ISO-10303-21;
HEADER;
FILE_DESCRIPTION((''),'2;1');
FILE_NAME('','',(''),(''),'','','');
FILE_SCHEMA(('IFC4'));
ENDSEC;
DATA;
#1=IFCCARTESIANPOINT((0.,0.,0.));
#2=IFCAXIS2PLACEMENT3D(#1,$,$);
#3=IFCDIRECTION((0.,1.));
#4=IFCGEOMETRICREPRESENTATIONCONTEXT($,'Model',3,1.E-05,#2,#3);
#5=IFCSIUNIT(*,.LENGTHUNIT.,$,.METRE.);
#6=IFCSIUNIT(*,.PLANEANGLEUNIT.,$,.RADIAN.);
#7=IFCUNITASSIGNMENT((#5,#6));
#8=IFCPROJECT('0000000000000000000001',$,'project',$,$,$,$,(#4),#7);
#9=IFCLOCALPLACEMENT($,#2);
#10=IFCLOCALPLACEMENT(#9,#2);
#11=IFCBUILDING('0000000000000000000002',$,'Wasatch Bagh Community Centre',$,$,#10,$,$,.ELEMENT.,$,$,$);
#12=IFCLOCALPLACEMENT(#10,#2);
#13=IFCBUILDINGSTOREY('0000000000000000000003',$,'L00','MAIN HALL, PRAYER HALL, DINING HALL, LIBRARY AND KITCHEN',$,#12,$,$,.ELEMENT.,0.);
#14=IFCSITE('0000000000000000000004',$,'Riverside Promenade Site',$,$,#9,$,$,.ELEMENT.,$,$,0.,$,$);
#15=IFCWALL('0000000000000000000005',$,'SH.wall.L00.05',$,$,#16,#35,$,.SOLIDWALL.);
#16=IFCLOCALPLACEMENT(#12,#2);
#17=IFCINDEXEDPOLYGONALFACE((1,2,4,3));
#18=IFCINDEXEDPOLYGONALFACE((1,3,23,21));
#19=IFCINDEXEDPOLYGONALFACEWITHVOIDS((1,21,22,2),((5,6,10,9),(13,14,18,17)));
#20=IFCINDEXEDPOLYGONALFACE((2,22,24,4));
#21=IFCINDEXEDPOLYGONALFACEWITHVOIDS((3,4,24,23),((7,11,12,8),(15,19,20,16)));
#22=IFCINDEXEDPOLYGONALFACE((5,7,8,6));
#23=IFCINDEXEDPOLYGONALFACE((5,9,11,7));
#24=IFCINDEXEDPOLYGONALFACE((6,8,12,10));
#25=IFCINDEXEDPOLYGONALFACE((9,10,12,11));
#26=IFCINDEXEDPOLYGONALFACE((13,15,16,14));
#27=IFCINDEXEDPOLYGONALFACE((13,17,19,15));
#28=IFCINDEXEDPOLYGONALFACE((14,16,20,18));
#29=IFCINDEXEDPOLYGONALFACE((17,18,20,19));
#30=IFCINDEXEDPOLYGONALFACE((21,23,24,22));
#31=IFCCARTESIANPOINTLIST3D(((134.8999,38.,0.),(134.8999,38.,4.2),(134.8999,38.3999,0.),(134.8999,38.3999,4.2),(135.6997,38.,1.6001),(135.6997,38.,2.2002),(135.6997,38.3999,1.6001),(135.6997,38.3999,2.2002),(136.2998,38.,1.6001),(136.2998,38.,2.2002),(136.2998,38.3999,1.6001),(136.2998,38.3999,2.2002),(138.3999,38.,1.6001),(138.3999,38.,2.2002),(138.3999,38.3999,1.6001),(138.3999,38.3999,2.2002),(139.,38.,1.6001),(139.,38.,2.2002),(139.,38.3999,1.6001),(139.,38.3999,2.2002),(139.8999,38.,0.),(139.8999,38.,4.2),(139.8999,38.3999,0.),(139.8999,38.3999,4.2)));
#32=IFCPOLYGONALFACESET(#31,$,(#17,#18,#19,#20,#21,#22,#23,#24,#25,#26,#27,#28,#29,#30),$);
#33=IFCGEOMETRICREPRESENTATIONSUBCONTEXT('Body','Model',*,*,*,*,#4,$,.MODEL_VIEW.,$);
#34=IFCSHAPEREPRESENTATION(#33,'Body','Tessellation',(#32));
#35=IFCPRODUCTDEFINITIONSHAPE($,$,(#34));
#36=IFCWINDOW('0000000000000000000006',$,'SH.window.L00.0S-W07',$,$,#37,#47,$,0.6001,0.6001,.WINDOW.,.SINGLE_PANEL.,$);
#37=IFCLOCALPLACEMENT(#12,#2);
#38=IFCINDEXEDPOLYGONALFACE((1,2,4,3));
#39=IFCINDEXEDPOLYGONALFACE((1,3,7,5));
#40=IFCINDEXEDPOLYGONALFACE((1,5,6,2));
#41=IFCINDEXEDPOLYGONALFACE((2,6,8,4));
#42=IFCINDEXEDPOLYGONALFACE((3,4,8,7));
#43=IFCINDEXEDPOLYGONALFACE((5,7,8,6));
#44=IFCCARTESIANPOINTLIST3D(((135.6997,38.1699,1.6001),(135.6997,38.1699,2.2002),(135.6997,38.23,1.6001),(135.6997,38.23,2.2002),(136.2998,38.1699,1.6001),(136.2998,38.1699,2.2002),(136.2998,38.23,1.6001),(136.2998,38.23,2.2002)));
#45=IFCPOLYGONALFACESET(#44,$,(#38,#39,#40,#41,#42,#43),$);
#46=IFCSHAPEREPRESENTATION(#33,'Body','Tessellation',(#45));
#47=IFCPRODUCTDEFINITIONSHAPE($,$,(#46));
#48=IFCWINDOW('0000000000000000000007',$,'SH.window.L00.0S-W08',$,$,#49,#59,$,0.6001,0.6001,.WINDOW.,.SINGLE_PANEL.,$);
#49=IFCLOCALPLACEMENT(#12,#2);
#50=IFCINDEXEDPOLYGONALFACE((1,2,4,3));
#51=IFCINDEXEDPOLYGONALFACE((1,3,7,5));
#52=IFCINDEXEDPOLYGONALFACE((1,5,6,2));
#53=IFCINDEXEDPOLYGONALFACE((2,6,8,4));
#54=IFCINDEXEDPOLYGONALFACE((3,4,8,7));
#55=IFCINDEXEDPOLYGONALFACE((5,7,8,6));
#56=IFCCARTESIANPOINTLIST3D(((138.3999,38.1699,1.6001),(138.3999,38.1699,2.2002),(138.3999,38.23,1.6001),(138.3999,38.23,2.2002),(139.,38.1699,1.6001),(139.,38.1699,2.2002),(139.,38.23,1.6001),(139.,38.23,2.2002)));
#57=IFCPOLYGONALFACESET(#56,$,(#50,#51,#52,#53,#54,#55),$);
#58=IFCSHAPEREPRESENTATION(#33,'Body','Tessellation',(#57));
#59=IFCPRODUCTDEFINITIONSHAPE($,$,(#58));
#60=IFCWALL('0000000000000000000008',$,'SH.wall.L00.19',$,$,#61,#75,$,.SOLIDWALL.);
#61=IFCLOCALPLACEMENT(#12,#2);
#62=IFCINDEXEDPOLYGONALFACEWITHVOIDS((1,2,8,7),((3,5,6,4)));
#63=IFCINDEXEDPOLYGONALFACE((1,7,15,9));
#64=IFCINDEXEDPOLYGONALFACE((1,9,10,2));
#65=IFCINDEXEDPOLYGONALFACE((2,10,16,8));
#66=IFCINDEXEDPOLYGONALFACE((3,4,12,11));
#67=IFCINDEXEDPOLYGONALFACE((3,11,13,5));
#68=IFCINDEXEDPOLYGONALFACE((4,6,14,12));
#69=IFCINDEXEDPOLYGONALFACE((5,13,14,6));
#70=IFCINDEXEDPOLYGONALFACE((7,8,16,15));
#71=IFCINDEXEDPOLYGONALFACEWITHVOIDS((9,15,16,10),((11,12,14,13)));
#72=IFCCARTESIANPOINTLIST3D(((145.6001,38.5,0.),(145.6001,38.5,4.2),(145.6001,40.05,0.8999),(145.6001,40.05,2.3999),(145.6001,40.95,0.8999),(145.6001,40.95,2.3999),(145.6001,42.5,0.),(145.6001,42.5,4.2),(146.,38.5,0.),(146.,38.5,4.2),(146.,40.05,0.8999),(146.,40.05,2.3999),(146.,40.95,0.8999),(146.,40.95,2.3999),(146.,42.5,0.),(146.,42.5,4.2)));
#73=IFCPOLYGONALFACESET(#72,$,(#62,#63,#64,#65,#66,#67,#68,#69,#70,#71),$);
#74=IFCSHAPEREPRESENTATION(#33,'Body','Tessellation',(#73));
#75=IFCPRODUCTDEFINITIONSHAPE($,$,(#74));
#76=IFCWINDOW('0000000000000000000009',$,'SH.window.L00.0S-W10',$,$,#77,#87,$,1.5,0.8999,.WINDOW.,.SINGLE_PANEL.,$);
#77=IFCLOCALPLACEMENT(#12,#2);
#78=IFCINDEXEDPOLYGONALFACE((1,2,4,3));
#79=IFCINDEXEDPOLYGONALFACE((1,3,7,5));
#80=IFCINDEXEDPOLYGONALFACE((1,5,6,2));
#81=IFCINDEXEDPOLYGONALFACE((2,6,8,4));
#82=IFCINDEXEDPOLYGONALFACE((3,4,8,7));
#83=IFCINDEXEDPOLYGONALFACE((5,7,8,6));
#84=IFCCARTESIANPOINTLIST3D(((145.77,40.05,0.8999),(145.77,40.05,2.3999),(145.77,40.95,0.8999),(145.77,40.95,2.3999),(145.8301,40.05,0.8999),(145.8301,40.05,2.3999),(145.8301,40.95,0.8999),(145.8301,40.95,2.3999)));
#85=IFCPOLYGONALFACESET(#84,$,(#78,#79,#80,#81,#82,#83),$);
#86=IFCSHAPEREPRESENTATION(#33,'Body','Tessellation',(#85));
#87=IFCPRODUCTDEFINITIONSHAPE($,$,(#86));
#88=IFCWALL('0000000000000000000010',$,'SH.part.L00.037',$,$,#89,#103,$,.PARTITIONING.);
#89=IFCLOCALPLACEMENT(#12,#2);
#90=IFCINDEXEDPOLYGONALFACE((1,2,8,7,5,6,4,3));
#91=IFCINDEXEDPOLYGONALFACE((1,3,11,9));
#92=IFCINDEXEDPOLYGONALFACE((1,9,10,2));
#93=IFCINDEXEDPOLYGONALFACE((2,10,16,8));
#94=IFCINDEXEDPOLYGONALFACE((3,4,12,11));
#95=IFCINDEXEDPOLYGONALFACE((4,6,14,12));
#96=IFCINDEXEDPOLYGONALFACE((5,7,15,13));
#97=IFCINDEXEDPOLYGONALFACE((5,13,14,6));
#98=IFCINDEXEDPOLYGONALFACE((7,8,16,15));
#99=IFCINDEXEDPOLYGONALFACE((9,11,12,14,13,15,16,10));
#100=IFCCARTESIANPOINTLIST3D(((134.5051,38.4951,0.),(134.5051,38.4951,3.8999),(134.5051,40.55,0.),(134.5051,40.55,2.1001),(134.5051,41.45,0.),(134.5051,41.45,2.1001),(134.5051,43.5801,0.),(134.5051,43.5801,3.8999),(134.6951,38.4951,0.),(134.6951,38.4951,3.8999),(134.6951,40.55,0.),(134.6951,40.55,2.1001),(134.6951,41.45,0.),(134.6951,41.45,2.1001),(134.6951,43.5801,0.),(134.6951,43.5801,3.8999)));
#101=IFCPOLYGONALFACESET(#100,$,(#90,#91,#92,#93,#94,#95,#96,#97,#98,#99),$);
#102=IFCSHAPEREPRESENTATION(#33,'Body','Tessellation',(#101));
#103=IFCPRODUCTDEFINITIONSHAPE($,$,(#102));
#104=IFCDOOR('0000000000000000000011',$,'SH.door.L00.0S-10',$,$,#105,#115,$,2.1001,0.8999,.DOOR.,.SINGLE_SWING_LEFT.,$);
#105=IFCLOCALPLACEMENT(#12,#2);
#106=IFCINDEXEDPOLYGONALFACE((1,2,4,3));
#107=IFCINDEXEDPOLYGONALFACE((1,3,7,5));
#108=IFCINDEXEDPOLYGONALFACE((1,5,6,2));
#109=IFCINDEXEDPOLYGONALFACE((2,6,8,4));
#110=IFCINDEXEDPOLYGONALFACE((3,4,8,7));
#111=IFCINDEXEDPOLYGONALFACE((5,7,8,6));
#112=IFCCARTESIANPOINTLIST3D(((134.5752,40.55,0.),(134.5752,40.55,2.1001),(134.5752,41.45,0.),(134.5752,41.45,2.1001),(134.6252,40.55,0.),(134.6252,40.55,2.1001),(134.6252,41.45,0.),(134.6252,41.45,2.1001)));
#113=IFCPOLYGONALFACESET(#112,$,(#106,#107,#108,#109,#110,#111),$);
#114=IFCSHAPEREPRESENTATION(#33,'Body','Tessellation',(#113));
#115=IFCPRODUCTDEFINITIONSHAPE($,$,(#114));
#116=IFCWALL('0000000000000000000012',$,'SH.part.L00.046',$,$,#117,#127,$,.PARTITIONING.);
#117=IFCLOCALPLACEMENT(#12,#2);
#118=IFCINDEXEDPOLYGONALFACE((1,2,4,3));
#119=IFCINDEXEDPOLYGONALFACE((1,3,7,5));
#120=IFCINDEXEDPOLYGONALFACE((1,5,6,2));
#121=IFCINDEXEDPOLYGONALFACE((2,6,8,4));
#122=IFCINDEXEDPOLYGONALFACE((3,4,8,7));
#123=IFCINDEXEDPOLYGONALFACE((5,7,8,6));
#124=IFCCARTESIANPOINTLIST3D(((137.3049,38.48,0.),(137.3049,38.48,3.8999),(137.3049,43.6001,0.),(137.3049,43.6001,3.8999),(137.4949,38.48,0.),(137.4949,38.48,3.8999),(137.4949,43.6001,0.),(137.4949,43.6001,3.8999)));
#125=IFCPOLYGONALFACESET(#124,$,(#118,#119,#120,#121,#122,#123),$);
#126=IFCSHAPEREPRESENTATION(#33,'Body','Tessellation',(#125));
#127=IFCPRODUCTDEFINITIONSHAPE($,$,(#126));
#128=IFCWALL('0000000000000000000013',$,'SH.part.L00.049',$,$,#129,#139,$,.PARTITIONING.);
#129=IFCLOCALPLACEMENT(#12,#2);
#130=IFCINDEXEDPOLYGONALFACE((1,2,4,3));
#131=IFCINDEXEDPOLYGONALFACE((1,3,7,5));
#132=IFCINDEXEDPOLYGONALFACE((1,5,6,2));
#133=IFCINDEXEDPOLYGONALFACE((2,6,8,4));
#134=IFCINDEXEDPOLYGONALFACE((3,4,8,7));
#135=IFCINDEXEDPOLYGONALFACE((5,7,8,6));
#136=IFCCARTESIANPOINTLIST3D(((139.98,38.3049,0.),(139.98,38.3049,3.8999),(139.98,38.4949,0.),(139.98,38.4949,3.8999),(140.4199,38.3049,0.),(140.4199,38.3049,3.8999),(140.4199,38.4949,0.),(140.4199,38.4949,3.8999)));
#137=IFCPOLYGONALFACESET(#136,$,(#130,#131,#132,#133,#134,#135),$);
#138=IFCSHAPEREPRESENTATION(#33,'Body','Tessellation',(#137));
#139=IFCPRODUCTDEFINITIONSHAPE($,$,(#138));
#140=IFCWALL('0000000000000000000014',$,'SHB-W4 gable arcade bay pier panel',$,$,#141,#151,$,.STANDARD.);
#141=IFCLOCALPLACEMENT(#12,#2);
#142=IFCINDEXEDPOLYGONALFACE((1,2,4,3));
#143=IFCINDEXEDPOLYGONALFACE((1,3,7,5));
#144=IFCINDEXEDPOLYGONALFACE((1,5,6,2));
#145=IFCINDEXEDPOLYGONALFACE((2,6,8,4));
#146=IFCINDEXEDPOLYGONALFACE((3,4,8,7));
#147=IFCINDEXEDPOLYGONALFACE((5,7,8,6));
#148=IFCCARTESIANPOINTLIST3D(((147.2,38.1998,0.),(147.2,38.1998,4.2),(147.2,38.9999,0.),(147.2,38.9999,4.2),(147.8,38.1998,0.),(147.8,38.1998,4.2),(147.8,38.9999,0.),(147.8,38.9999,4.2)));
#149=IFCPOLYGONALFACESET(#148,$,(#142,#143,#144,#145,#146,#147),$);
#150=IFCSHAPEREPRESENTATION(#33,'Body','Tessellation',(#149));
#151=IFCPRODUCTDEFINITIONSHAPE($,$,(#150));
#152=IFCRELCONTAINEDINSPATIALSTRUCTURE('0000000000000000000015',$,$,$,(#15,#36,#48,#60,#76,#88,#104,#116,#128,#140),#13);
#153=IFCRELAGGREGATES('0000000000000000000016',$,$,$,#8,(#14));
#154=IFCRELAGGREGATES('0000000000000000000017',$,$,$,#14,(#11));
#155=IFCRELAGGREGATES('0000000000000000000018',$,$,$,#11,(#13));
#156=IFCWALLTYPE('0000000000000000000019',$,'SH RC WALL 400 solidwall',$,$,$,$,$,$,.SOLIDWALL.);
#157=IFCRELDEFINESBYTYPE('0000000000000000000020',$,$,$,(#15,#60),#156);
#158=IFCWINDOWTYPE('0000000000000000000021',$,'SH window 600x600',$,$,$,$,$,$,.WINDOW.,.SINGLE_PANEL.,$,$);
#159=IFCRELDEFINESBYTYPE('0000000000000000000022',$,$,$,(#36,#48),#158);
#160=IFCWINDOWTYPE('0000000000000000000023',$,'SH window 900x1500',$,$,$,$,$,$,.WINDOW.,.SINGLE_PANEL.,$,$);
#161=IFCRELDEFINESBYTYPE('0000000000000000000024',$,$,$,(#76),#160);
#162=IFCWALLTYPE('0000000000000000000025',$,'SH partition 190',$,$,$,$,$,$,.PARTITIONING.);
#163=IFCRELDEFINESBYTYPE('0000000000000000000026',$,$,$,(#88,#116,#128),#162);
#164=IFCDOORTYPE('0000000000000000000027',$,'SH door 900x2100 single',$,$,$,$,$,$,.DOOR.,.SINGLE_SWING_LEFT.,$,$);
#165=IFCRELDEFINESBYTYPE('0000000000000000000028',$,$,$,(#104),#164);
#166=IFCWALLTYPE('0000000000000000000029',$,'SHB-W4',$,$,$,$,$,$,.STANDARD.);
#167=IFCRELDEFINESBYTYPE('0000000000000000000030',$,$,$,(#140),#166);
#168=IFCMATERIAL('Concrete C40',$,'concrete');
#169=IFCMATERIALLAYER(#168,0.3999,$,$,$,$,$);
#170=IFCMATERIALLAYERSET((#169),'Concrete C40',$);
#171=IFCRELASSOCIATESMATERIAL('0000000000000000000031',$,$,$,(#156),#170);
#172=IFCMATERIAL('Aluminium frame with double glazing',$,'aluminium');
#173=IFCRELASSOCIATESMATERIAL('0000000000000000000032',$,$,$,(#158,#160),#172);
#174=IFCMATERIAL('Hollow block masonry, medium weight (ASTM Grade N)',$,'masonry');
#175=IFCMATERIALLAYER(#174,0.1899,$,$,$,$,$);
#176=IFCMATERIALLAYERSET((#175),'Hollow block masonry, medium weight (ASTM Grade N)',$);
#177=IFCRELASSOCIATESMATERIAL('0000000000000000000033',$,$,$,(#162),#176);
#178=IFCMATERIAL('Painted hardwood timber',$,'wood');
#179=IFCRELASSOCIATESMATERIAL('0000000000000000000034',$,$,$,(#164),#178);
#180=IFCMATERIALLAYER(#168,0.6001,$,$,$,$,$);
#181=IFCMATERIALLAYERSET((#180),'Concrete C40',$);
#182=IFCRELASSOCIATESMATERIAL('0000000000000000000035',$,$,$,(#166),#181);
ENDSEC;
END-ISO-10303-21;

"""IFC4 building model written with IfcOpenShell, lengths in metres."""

from ifc_helpers import new_model, si_unit, direction, frame, frame_2d, origin, place, context, subcontext, project, spatial, rectangle, extrude, material, layer, layer_set, type_object, element, fill, save


model = new_model("IFC4")

# Units and contexts
model_context = context("Model", 3, precision=1e-05, world=origin(), true_north=direction((0.0, 1.0)))
body_context = subcontext(model_context, "Body", "Model", "MODEL_VIEW")
ifc_project = project(units=[si_unit("LENGTHUNIT", "METRE"), si_unit("PLANEANGLEUNIT", "RADIAN")], contexts=[model_context])

# Site, building, storey
site_placement = place(None, origin())
site = spatial("IfcSite", under=ifc_project, at=site_placement, Name="Riverside Promenade Site", CompositionType="ELEMENT", RefElevation=0.0)
building_placement = place(site_placement, origin())
building = spatial("IfcBuilding", under=site, at=building_placement, Name="Wasatch Bagh Community Centre", CompositionType="ELEMENT")
storey_placement = place(building_placement, origin())
storey = spatial("IfcBuildingStorey", under=building, at=storey_placement, Name="L00", Description="MAIN HALL, PRAYER HALL, DINING HALL, LIBRARY AND KITCHEN", CompositionType="ELEMENT", Elevation=0.0)

# Shared definitions
ifc_material_1 = material(Name="Concrete C40", Category="concrete")

# Wall, openings, windows
ifc_layer_1 = layer(ifc_material_1, 0.3999)
ifc_layer_set_1 = layer_set([ifc_layer_1], Name="Concrete C40")
wall_type_1 = type_object("IfcWallType", Name="SH RC WALL 400 solidwall", PredefinedType="SOLIDWALL", material=ifc_layer_set_1)
wall_1_placement = place(storey_placement, frame((139.8999, 38.2, 0.0), z_axis=(0.0, 0.0, 1.0), x_axis=(-1.0, 0.0, 0.0)))
wall_1 = element("IfcWall", 1, at=wall_1_placement, inside=storey, type_object=wall_type_1, Name="SH.wall.L00.05", PredefinedType="SOLIDWALL", context=body_context, shape_type="SweptSolid", body=[
    extrude(rectangle(XDim=5.0, YDim=0.3999, at=frame_2d((2.5, 0.0))), origin(), (0.0, 0.0, 1.0), 4.2),
])
opening_1_placement = place(wall_1_placement, frame((3.6001, 0.0, 1.6001)))
opening_1 = element("IfcOpeningElement", 2, at=opening_1_placement, cuts=wall_1, PredefinedType="OPENING", context=body_context, shape_type="SweptSolid", body=[
    extrude(rectangle(XDim=0.6001, YDim=0.6001, at=frame_2d((0.3, 0.3))), frame((0.0, 0.21, 0.0), z_axis=(0.0, -1.0, 0.0), x_axis=(1.0, 0.0, 0.0)), (0.0, 0.0, 1.0), 0.4199),
])
opening_2_placement = place(wall_1_placement, frame((0.8999, 0.0, 1.6001)))
opening_2 = element("IfcOpeningElement", 3, at=opening_2_placement, cuts=wall_1, PredefinedType="OPENING", context=body_context, shape_type="SweptSolid", body=[
    extrude(rectangle(XDim=0.6001, YDim=0.6001, at=frame_2d((0.3, 0.3))), frame((0.0, 0.21, 0.0), z_axis=(0.0, -1.0, 0.0), x_axis=(1.0, 0.0, 0.0)), (0.0, 0.0, 1.0), 0.4199),
])
ifc_material_2 = material(Name="Aluminium frame with double glazing", Category="aluminium")
window_type_1 = type_object("IfcWindowType", Name="SH window 600x600", PartitioningType="SINGLE_PANEL", PredefinedType="WINDOW", material=ifc_material_2)
window_1_placement = place(opening_1_placement, origin())
window_1 = element("IfcWindow", 4, at=window_1_placement, inside=storey, type_object=window_type_1, Name="SH.window.L00.0S-W07", OverallHeight=0.6001, OverallWidth=0.6001, PartitioningType="SINGLE_PANEL", PredefinedType="WINDOW", context=body_context, shape_type="SweptSolid", body=[
    extrude(rectangle(XDim=0.6001, YDim=0.6001, at=frame_2d((0.3, 0.3))), frame((0.0, 0.03, 0.0), z_axis=(0.0, -1.0, 0.0), x_axis=(1.0, 0.0, 0.0)), (0.0, 0.0, 1.0), 0.0601),
])
fill(opening_1, window_1)
window_2_placement = place(opening_2_placement, origin())
window_2 = element("IfcWindow", 5, at=window_2_placement, inside=storey, type_object=window_type_1, Name="SH.window.L00.0S-W08", OverallHeight=0.6001, OverallWidth=0.6001, PartitioningType="SINGLE_PANEL", PredefinedType="WINDOW", context=body_context, shape_type="SweptSolid", body=[
    extrude(rectangle(XDim=0.6001, YDim=0.6001, at=frame_2d((0.3, 0.3))), frame((0.0, 0.03, 0.0), z_axis=(0.0, -1.0, 0.0), x_axis=(1.0, 0.0, 0.0)), (0.0, 0.0, 1.0), 0.0601),
])
fill(opening_2, window_2)

# Shared definitions
ifc_material_3 = material(Name="Painted hardwood timber", Category="wood")

# Wall, opening, window
wall_2_placement = place(storey_placement, frame((145.8, 38.5, 0.0), z_axis=(0.0, 0.0, 1.0), x_axis=(0.0, 1.0, 0.0)))
wall_2 = element("IfcWall", 6, at=wall_2_placement, inside=storey, type_object=wall_type_1, Name="SH.wall.L00.19", PredefinedType="SOLIDWALL", context=body_context, shape_type="SweptSolid", body=[
    extrude(rectangle(XDim=4.0, YDim=0.3999, at=frame_2d((2.0, 0.0))), origin(), (0.0, 0.0, 1.0), 4.2),
])
opening_3_placement = place(wall_2_placement, frame((1.55, 0.0, 0.8999)))
opening_3 = element("IfcOpeningElement", 7, at=opening_3_placement, cuts=wall_2, PredefinedType="OPENING", context=body_context, shape_type="SweptSolid", body=[
    extrude(rectangle(XDim=0.8999, YDim=1.5, at=frame_2d((0.45, 0.75))), frame((0.0, 0.21, 0.0), z_axis=(0.0, -1.0, 0.0), x_axis=(1.0, 0.0, 0.0)), (0.0, 0.0, 1.0), 0.4199),
])
window_type_2 = type_object("IfcWindowType", Name="SH window 900x1500", PartitioningType="SINGLE_PANEL", PredefinedType="WINDOW", material=ifc_material_2)
window_3_placement = place(opening_3_placement, origin())
window_3 = element("IfcWindow", 8, at=window_3_placement, inside=storey, type_object=window_type_2, Name="SH.window.L00.0S-W10", OverallHeight=1.5, OverallWidth=0.8999, PartitioningType="SINGLE_PANEL", PredefinedType="WINDOW", context=body_context, shape_type="SweptSolid", body=[
    extrude(rectangle(XDim=0.8999, YDim=1.5, at=frame_2d((0.45, 0.75))), frame((0.0, 0.03, 0.0), z_axis=(0.0, -1.0, 0.0), x_axis=(1.0, 0.0, 0.0)), (0.0, 0.0, 1.0), 0.0601),
])
fill(opening_3, window_3)

# Wall, opening, door
ifc_material_4 = material(Name="Hollow block masonry, medium weight (ASTM Grade N)", Category="masonry")
ifc_layer_2 = layer(ifc_material_4, 0.1899)
ifc_layer_set_2 = layer_set([ifc_layer_2], Name="Hollow block masonry, medium weight (ASTM Grade N)")
wall_type_2 = type_object("IfcWallType", Name="SH partition 190", PredefinedType="PARTITIONING", material=ifc_layer_set_2)
wall_3_placement = place(storey_placement, frame((134.6001, 38.4951, 0.0), z_axis=(0.0, 0.0, 1.0), x_axis=(0.0, 1.0, 0.0)))
wall_3 = element("IfcWall", 9, at=wall_3_placement, inside=storey, type_object=wall_type_2, Name="SH.part.L00.037", PredefinedType="PARTITIONING", context=body_context, shape_type="SweptSolid", body=[
    extrude(rectangle(XDim=5.085, YDim=0.1899, at=frame_2d((2.5425, 0.0))), origin(), (0.0, 0.0, 1.0), 3.8999),
])
opening_4_placement = place(wall_3_placement, frame((2.0549, 0.0, 0.0)))
opening_4 = element("IfcOpeningElement", 10, at=opening_4_placement, cuts=wall_3, PredefinedType="OPENING", context=body_context, shape_type="SweptSolid", body=[
    extrude(rectangle(XDim=0.8999, YDim=2.1001, at=frame_2d((0.45, 1.05))), frame((0.0, 0.105, 0.0), z_axis=(0.0, -1.0, 0.0), x_axis=(1.0, 0.0, 0.0)), (0.0, 0.0, 1.0), 0.21),
])
door_type_1 = type_object("IfcDoorType", Name="SH door 900x2100 single", OperationType="SINGLE_SWING_LEFT", PredefinedType="DOOR", material=ifc_material_3)
door_1_placement = place(opening_4_placement, origin())
door_1 = element("IfcDoor", 11, at=door_1_placement, inside=storey, type_object=door_type_1, Name="SH.door.L00.0S-10", OperationType="SINGLE_SWING_LEFT", OverallHeight=2.1001, OverallWidth=0.8999, PredefinedType="DOOR", context=body_context, shape_type="SweptSolid", body=[
    extrude(rectangle(XDim=0.8999, YDim=2.1001, at=frame_2d((0.45, 1.05))), frame((0.0, 0.0249, 0.0), z_axis=(0.0, -1.0, 0.0), x_axis=(1.0, 0.0, 0.0)), (0.0, 0.0, 1.0), 0.05),
])
fill(opening_4, door_1)

# Walls
wall_4_placement = place(storey_placement, frame((137.3999, 38.48, 0.0), z_axis=(0.0, 0.0, 1.0), x_axis=(0.0, 1.0, 0.0)))
element("IfcWall", 12, at=wall_4_placement, inside=storey, type_object=wall_type_2, Name="SH.part.L00.046", PredefinedType="PARTITIONING", context=body_context, shape_type="SweptSolid", body=[
    extrude(rectangle(XDim=5.1201, YDim=0.1899, at=frame_2d((2.5601, 0.0))), origin(), (0.0, 0.0, 1.0), 3.8999),
])
wall_5_placement = place(storey_placement, frame((139.98, 38.3999, 0.0), z_axis=(0.0, 0.0, 1.0), x_axis=(1.0, 0.0, 0.0)))
element("IfcWall", 13, at=wall_5_placement, inside=storey, type_object=wall_type_2, Name="SH.part.L00.049", PredefinedType="PARTITIONING", context=body_context, shape_type="SweptSolid", body=[
    extrude(rectangle(XDim=0.4399, YDim=0.1899, at=frame_2d((0.22, 0.0))), origin(), (0.0, 0.0, 1.0), 3.8999),
])
ifc_layer_3 = layer(ifc_material_1, 0.6001)
ifc_layer_set_3 = layer_set([ifc_layer_3], Name="Concrete C40")
wall_type_3 = type_object("IfcWallType", Name="SHB-W4", PredefinedType="STANDARD", material=ifc_layer_set_3)
wall_6_placement = place(storey_placement, frame((147.5, 38.2, 0.0), z_axis=(0.0, 0.0, 1.0), x_axis=(0.0, 1.0, 0.0)))
element("IfcWall", 14, at=wall_6_placement, inside=storey, type_object=wall_type_3, Name="SHB-W4 gable arcade bay pier panel", PredefinedType="STANDARD", context=body_context, shape_type="SweptSolid", body=[
    extrude(rectangle(XDim=0.8, YDim=0.6001, at=frame_2d((0.3999, 0.0))), origin(), (0.0, 0.0, 1.0), 4.2),
])

save(model, "model.ifc")
